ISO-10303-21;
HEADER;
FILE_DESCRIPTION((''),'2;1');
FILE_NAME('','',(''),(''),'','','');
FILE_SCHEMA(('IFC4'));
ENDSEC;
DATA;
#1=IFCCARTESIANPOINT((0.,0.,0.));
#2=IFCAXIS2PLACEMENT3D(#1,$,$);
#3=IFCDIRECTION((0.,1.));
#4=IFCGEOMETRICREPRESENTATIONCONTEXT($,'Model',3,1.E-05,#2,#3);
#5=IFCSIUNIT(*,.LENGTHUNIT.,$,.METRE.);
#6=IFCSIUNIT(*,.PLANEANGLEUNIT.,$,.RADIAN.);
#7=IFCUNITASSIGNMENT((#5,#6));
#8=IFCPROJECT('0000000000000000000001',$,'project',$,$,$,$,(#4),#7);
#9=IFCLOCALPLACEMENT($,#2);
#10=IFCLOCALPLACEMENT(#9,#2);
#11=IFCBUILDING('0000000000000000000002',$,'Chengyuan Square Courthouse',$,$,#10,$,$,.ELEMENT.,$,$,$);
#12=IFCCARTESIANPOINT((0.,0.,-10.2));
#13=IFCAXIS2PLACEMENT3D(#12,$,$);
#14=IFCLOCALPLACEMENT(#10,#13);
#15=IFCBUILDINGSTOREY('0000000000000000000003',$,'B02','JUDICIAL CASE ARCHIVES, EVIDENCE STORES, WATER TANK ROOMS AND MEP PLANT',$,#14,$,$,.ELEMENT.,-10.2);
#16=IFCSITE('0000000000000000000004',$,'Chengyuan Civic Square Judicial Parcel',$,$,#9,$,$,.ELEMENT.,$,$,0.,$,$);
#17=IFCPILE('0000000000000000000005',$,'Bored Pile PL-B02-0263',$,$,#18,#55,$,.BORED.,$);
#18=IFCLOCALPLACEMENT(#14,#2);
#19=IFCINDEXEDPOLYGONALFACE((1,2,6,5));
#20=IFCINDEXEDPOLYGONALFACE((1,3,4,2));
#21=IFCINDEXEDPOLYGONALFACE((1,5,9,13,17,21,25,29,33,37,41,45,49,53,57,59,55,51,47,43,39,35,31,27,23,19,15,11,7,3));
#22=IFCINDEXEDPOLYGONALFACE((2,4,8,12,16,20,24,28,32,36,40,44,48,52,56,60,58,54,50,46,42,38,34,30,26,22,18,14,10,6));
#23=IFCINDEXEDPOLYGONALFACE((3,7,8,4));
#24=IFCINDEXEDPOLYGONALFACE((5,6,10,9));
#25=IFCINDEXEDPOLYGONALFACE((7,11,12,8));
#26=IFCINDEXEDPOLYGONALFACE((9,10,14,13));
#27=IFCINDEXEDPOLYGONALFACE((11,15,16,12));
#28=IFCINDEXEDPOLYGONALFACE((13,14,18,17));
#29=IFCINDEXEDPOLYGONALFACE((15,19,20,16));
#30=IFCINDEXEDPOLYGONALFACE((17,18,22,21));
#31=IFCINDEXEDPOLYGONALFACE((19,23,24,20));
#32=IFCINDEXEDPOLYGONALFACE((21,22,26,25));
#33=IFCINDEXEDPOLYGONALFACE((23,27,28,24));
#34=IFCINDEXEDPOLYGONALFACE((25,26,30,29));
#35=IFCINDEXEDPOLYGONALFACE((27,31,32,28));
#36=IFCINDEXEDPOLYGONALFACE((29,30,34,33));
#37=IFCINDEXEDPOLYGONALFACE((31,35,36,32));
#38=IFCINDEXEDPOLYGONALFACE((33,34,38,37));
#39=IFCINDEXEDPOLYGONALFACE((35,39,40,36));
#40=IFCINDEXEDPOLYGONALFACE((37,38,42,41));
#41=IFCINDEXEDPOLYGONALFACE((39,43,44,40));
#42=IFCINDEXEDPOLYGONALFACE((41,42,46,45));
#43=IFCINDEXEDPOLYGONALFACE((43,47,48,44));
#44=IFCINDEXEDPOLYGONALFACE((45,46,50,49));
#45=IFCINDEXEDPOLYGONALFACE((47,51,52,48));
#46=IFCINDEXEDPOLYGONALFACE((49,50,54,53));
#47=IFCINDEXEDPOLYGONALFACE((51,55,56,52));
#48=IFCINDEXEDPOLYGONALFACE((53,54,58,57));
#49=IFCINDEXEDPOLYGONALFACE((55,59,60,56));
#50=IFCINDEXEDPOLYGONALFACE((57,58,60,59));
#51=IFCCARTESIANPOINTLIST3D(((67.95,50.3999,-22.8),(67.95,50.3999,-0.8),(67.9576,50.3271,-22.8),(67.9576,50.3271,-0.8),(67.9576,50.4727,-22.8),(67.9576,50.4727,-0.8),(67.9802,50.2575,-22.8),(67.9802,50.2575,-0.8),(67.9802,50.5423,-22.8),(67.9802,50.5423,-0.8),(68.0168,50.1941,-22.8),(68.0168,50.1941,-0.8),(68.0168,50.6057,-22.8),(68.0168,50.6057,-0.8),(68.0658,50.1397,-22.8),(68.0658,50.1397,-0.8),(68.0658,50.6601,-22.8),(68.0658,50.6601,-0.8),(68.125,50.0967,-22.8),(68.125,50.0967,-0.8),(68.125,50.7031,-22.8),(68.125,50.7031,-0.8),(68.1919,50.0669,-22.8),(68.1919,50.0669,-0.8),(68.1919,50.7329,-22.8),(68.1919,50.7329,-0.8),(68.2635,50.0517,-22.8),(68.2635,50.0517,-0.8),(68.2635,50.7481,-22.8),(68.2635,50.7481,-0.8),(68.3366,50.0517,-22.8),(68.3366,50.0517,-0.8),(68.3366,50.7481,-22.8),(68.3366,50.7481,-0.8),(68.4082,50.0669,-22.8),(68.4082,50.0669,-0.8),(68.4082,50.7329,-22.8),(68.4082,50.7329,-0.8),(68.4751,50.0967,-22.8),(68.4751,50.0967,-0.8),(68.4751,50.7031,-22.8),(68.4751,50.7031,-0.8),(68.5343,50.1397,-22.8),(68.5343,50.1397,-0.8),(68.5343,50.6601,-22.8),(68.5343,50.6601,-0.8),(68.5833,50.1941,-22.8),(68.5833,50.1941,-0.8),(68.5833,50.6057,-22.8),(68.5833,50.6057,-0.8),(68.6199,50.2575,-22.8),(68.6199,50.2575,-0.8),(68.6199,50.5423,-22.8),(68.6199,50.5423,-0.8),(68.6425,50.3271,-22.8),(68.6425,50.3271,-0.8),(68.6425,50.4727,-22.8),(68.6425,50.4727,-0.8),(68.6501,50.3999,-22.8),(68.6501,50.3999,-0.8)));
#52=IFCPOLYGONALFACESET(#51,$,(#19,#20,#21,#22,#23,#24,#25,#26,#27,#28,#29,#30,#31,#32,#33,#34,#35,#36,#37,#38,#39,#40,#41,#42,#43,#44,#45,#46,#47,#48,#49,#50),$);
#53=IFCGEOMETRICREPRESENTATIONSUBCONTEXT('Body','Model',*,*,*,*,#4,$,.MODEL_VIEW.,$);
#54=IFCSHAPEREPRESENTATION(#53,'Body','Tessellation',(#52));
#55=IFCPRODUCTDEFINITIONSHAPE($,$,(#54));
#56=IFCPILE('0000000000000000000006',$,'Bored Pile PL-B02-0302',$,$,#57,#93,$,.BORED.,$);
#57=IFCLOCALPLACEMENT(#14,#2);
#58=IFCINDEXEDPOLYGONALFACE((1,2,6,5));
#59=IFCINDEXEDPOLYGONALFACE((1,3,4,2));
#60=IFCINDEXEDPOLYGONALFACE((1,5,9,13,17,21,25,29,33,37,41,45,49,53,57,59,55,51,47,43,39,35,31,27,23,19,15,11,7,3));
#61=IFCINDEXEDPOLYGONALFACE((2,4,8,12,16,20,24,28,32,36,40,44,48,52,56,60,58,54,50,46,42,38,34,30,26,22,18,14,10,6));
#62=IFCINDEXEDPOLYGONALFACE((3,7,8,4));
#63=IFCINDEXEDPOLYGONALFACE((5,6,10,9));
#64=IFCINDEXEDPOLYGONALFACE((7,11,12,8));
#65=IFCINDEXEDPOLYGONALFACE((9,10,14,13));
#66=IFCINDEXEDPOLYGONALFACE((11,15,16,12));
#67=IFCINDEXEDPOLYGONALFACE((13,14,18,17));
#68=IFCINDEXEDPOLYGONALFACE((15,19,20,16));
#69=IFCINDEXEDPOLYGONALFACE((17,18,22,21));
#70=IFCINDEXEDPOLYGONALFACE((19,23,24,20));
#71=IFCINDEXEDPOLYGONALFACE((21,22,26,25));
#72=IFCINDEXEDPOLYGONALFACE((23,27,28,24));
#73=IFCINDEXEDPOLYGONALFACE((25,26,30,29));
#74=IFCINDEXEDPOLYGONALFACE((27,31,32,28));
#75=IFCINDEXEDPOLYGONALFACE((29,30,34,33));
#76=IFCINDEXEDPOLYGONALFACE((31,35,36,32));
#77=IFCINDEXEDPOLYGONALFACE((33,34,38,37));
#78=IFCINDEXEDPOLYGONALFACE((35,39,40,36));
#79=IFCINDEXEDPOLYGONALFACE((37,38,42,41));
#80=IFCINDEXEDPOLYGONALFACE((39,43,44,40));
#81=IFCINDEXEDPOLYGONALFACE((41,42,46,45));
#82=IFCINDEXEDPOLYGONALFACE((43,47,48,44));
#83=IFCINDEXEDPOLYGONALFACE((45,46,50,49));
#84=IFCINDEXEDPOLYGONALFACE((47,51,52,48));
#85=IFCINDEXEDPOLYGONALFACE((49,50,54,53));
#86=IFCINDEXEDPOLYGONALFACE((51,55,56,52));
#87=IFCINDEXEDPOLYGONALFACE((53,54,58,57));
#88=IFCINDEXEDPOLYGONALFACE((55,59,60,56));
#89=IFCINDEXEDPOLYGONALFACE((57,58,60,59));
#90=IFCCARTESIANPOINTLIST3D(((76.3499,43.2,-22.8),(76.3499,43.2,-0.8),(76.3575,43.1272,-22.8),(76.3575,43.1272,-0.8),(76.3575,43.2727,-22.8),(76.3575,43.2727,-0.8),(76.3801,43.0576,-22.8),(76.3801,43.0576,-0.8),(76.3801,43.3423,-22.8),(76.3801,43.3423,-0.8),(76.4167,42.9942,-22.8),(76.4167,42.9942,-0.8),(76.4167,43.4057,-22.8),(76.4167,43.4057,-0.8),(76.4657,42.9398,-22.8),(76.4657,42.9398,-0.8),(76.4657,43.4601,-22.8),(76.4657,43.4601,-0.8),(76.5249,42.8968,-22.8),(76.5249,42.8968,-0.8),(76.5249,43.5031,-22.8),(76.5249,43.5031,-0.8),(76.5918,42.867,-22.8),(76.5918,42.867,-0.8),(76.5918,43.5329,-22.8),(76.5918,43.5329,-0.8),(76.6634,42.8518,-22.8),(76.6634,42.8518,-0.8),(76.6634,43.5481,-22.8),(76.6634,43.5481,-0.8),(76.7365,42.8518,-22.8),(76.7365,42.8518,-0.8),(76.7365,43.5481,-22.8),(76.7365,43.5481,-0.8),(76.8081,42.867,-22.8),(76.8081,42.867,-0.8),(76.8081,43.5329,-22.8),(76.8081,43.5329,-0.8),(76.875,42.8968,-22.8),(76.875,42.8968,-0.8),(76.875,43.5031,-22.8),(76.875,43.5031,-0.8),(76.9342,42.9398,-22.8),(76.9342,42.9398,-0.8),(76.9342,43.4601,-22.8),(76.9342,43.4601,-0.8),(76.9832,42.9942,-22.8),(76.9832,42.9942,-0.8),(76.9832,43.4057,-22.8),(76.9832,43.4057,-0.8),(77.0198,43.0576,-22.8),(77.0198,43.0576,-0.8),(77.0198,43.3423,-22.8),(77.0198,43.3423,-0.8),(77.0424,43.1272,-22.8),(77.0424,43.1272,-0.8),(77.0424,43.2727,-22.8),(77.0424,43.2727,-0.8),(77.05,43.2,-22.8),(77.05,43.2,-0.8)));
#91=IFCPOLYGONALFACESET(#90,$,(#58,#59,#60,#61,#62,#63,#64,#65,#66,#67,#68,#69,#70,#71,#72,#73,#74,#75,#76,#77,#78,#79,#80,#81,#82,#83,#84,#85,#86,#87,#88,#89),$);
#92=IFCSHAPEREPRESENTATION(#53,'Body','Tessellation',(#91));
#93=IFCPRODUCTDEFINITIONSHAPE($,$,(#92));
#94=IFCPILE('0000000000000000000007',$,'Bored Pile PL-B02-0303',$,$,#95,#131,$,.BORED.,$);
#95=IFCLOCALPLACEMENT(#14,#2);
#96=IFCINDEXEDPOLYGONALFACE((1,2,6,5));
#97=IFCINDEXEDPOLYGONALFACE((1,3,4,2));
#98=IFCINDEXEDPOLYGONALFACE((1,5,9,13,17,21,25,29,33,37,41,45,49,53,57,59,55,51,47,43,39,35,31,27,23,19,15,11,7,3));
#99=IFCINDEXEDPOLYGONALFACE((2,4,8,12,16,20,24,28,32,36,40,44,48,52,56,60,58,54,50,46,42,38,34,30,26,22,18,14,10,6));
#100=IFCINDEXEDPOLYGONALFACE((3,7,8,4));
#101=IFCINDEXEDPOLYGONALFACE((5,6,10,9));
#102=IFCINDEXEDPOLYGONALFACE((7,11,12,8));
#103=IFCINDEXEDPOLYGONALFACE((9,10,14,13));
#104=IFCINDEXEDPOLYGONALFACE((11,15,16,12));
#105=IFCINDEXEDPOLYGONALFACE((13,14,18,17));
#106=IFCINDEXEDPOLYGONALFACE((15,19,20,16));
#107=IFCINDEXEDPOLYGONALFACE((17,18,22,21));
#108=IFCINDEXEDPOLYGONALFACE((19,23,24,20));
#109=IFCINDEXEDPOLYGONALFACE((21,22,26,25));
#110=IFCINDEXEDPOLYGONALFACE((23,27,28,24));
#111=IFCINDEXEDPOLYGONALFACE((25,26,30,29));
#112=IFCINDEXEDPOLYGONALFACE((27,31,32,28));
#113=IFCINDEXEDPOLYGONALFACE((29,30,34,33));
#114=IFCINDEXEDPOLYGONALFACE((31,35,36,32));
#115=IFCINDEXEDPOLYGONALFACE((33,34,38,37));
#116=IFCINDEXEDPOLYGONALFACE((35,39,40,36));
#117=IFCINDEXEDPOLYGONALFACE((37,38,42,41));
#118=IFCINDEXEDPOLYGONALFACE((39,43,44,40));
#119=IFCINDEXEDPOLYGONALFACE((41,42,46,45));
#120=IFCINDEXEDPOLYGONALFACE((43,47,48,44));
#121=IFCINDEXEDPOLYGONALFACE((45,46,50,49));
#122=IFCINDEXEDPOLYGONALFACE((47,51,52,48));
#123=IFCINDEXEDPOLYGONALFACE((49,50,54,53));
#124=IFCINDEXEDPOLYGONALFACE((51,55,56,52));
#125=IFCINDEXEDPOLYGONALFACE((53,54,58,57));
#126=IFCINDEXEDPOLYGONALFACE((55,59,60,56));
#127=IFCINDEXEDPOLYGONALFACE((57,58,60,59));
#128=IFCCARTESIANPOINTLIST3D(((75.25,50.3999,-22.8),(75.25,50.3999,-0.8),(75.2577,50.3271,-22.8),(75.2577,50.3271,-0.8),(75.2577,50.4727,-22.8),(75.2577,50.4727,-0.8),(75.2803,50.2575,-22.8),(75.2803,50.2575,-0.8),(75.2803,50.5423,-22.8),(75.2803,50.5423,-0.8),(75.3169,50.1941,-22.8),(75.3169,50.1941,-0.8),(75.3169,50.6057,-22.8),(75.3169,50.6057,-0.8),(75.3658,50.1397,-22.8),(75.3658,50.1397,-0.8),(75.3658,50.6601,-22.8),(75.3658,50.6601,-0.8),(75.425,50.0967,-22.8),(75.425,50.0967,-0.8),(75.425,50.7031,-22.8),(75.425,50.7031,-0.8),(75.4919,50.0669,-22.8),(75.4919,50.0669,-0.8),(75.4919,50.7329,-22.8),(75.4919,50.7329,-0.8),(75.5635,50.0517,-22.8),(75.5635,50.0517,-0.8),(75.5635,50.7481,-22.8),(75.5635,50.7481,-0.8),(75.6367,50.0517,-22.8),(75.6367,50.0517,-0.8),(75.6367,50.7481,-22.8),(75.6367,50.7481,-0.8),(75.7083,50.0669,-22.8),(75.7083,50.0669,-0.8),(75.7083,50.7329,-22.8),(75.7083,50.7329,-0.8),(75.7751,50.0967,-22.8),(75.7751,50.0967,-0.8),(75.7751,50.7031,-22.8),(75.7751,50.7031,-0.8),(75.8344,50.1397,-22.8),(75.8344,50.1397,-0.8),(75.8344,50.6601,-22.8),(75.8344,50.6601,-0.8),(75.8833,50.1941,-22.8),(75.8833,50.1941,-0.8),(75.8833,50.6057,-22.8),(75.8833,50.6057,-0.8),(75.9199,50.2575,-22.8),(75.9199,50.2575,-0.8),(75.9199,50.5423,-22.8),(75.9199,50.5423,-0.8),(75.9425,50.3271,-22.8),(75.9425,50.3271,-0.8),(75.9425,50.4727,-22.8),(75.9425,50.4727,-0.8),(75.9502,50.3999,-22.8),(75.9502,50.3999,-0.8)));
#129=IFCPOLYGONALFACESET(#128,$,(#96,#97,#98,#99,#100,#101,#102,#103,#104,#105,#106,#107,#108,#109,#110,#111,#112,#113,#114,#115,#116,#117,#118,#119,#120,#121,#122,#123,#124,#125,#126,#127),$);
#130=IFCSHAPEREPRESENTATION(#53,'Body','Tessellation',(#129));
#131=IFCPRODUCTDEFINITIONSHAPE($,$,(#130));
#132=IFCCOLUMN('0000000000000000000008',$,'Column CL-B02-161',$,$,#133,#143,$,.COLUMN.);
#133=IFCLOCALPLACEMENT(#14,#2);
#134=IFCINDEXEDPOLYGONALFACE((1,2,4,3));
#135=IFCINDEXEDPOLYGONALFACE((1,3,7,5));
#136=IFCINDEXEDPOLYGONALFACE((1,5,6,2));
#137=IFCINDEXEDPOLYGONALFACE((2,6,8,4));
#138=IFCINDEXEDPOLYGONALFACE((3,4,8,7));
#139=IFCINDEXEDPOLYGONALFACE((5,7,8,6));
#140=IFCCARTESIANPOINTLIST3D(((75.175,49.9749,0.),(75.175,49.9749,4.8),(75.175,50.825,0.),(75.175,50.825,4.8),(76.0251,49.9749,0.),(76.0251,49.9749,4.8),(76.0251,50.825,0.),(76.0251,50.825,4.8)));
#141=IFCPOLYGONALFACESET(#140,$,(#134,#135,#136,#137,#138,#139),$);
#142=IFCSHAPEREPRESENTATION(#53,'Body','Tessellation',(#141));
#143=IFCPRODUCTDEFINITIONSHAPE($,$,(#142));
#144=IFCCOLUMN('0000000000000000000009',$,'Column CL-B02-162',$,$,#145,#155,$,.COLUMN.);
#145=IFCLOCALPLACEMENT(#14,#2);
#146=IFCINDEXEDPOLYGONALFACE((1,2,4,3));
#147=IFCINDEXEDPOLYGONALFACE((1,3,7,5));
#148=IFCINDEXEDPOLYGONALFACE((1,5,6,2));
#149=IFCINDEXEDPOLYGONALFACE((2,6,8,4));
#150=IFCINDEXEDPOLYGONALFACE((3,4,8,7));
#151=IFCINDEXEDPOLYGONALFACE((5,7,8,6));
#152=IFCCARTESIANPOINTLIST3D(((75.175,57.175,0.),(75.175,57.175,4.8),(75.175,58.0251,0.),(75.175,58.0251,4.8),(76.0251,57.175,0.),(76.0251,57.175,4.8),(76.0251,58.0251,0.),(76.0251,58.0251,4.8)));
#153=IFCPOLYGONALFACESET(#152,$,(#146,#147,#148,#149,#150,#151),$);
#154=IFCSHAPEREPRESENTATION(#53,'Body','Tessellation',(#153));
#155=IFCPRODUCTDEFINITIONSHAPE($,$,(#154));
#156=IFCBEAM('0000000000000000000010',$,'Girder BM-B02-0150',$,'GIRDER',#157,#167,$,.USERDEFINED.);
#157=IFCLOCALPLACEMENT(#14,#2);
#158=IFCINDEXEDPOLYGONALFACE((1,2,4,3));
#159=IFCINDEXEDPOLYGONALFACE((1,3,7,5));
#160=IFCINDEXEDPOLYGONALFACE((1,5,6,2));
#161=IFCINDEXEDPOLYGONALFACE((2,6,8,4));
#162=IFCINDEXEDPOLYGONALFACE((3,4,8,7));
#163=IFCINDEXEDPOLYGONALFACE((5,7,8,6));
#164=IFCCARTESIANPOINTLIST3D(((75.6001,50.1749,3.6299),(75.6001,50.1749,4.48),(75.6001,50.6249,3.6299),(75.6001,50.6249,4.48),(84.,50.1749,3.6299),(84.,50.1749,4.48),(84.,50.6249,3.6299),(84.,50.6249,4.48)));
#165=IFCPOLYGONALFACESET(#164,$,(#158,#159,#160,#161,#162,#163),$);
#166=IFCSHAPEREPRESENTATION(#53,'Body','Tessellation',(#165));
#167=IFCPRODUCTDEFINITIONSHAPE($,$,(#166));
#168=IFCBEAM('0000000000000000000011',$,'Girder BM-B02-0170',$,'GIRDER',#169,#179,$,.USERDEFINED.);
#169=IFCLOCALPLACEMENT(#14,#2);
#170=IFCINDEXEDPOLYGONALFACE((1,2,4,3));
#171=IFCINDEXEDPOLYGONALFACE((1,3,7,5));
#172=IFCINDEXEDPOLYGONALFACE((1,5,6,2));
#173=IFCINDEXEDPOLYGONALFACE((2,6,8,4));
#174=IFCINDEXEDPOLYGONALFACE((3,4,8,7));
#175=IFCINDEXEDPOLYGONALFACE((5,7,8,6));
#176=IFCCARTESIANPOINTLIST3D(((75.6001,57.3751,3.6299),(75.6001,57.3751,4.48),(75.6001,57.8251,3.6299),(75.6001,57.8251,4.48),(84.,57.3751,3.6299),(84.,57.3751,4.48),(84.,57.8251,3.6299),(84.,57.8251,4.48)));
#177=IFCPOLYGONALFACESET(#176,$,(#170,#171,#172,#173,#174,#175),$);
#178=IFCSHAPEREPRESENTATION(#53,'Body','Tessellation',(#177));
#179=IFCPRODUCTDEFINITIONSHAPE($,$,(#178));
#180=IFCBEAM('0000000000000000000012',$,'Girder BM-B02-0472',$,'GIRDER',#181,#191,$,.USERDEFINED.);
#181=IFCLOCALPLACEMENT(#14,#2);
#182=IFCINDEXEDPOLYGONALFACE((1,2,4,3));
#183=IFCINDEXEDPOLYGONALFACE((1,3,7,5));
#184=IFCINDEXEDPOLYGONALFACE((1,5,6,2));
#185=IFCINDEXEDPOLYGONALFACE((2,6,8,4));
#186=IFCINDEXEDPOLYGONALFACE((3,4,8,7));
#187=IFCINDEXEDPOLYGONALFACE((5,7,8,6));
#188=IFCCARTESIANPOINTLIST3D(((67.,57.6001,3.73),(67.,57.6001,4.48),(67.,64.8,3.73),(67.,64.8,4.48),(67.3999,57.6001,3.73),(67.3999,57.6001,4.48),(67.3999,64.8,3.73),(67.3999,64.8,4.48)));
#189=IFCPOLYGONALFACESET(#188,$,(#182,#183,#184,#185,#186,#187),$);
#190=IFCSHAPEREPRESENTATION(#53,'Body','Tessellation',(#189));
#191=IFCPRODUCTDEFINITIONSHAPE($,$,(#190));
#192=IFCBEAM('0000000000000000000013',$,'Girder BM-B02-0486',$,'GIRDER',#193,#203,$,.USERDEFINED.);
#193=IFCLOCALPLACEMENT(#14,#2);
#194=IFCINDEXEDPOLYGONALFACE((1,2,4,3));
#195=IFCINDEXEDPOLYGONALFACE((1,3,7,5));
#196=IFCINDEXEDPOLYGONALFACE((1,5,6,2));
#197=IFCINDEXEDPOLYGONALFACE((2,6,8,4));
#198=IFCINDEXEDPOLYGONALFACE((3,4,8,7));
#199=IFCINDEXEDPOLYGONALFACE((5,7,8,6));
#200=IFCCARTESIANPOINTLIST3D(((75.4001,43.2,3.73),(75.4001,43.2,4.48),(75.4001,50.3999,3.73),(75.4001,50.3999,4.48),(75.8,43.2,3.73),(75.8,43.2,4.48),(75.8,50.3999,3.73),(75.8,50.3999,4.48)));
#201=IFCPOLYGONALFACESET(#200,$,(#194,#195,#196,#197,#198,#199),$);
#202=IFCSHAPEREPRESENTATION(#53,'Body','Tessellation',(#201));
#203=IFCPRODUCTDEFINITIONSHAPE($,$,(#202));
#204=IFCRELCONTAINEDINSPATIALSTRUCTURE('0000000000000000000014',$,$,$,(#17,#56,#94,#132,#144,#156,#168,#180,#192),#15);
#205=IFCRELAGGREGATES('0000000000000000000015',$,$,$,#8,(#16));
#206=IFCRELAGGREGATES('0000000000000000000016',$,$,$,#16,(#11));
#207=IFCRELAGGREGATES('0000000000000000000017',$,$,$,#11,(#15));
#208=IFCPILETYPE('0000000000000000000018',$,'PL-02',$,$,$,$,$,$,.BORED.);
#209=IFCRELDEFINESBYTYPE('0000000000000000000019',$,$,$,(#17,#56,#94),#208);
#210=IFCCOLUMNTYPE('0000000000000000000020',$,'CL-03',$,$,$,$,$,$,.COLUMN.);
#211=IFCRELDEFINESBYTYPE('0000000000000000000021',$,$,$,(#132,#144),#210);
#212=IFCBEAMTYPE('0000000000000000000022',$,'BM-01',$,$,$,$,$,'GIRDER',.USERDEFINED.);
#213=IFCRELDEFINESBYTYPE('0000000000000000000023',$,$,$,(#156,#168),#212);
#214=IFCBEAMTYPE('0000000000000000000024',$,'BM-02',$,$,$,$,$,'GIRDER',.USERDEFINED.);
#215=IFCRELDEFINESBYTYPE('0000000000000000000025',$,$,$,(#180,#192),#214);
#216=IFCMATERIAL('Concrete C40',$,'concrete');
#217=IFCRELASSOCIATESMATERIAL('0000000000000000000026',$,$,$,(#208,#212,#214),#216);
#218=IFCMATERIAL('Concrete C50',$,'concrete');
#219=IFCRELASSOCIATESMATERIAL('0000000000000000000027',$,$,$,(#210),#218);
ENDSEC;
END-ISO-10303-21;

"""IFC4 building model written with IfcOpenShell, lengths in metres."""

from ifc_helpers import new_model, si_unit, direction, frame, origin, origin_2d, place, context, subcontext, project, spatial, rectangle, circle, extrude, material, material_profile, profile_set, type_object, element, save


model = new_model("IFC4")

# Units and contexts
model_context = context("Model", 3, precision=1e-05, world=origin(), true_north=direction((0.0, 1.0)))
body_context = subcontext(model_context, "Body", "Model", "MODEL_VIEW")
ifc_project = project(units=[si_unit("LENGTHUNIT", "METRE"), si_unit("PLANEANGLEUNIT", "RADIAN")], contexts=[model_context])

# Site, building, storey
site_placement = place(None, origin())
site = spatial("IfcSite", under=ifc_project, at=site_placement, Name="Chengyuan Civic Square Judicial Parcel", CompositionType="ELEMENT", RefElevation=0.0)
building_placement = place(site_placement, origin())
building = spatial("IfcBuilding", under=site, at=building_placement, Name="Chengyuan Square Courthouse", CompositionType="ELEMENT")
storey_placement = place(building_placement, frame((0.0, 0.0, -10.2)))
storey = spatial("IfcBuildingStorey", under=building, at=storey_placement, Name="B02", Description="JUDICIAL CASE ARCHIVES, EVIDENCE STORES, WATER TANK ROOMS AND MEP PLANT", CompositionType="ELEMENT", Elevation=-10.2)

# Shared definitions
ifc_material_1 = material(Name="Concrete C40", Category="concrete")

# Piles
ifc_material_profile_1 = material_profile(ifc_material_1, circle(Radius=0.3501, at=origin_2d()), Name="BORED PILE D700")
ifc_profile_set_1 = profile_set([ifc_material_profile_1], Name="Concrete C40")
pile_type_1 = type_object("IfcPileType", Name="PL-02", PredefinedType="BORED", material=ifc_profile_set_1)
for number, where, z_axis, x_axis, name in (
    (1, (68.3, 50.3999, -0.8), (0.0, 0.0, -1.0), (1.0, 0.0, 0.0), "Bored Pile PL-B02-0263"),
    (2, (76.7, 43.2, -0.8), (0.0, 0.0, -1.0), (1.0, 0.0, 0.0), "Bored Pile PL-B02-0302"),
    (3, (75.6001, 50.3999, -0.8), (0.0, 0.0, -1.0), (1.0, 0.0, 0.0), "Bored Pile PL-B02-0303"),
):
    element("IfcPile", number, at=place(storey_placement, frame(where, z_axis=z_axis, x_axis=x_axis)), inside=storey, type_object=pile_type_1, Name=name, PredefinedType="BORED", context=body_context, shape_type="SweptSolid", body=[
        extrude(circle(Radius=0.3501, at=origin_2d()), origin(), (0.0, 0.0, 1.0), 22.0),
    ])

# Columns
ifc_material_2 = material(Name="Concrete C50", Category="concrete")
ifc_material_profile_2 = material_profile(ifc_material_2, rectangle(XDim=0.8501, YDim=0.8501, at=origin_2d()), Name="RC-COL-850x850")
ifc_profile_set_2 = profile_set([ifc_material_profile_2], Name="Concrete C50")
column_type = type_object("IfcColumnType", Name="CL-03", PredefinedType="COLUMN", material=ifc_profile_set_2)
for number, where, z_axis, x_axis, name in (
    (4, (75.6001, 50.3999, 0.0), (0.0, 0.0, 1.0), (1.0, 0.0, 0.0), "Column CL-B02-161"),
    (5, (75.6001, 57.6001, 0.0), (0.0, 0.0, 1.0), (1.0, 0.0, 0.0), "Column CL-B02-162"),
):
    element("IfcColumn", number, at=place(storey_placement, frame(where, z_axis=z_axis, x_axis=x_axis)), inside=storey, type_object=column_type, Name=name, PredefinedType="COLUMN", context=body_context, shape_type="SweptSolid", body=[
        extrude(rectangle(XDim=0.8501, YDim=0.8501, at=origin_2d()), origin(), (0.0, 0.0, 1.0), 4.8),
    ])

# Beams
ifc_material_profile_3 = material_profile(ifc_material_1, rectangle(XDim=0.45, YDim=0.8501, at=origin_2d()), Name="RC-BM-450x850")
ifc_profile_set_3 = profile_set([ifc_material_profile_3], Name="Concrete C40")
beam_type_1 = type_object("IfcBeamType", Name="BM-01", ElementType="GIRDER", PredefinedType="USERDEFINED", material=ifc_profile_set_3)
for number, where, z_axis, x_axis, name in (
    (6, (75.6001, 50.3999, 4.0549), (1.0, 0.0, 0.0), (0.0, 1.0, 0.0), "Girder BM-B02-0150"),
    (7, (75.6001, 57.6001, 4.0549), (1.0, 0.0, 0.0), (0.0, 1.0, 0.0), "Girder BM-B02-0170"),
):
    element("IfcBeam", number, at=place(storey_placement, frame(where, z_axis=z_axis, x_axis=x_axis)), inside=storey, type_object=beam_type_1, Name=name, ObjectType="GIRDER", PredefinedType="USERDEFINED", context=body_context, shape_type="SweptSolid", body=[
        extrude(rectangle(XDim=0.45, YDim=0.8501, at=origin_2d()), origin(), (0.0, 0.0, 1.0), 8.3999),
    ])
ifc_material_profile_4 = material_profile(ifc_material_1, rectangle(XDim=0.3999, YDim=0.75, at=origin_2d()), Name="RC-BM-400x750")
ifc_profile_set_4 = profile_set([ifc_material_profile_4], Name="Concrete C40")
beam_type_2 = type_object("IfcBeamType", Name="BM-02", ElementType="GIRDER", PredefinedType="USERDEFINED", material=ifc_profile_set_4)
for number, where, z_axis, x_axis, name in (
    (8, (67.2, 57.6001, 4.105), (0.0, 1.0, 0.0), (-1.0, 0.0, 0.0), "Girder BM-B02-0472"),
    (9, (75.6001, 43.2, 4.105), (0.0, 1.0, 0.0), (-1.0, 0.0, 0.0), "Girder BM-B02-0486"),
):
    element("IfcBeam", number, at=place(storey_placement, frame(where, z_axis=z_axis, x_axis=x_axis)), inside=storey, type_object=beam_type_2, Name=name, ObjectType="GIRDER", PredefinedType="USERDEFINED", context=body_context, shape_type="SweptSolid", body=[
        extrude(rectangle(XDim=0.3999, YDim=0.75, at=origin_2d()), origin(), (0.0, 0.0, 1.0), 7.2),
    ])

save(model, "model.ifc")
